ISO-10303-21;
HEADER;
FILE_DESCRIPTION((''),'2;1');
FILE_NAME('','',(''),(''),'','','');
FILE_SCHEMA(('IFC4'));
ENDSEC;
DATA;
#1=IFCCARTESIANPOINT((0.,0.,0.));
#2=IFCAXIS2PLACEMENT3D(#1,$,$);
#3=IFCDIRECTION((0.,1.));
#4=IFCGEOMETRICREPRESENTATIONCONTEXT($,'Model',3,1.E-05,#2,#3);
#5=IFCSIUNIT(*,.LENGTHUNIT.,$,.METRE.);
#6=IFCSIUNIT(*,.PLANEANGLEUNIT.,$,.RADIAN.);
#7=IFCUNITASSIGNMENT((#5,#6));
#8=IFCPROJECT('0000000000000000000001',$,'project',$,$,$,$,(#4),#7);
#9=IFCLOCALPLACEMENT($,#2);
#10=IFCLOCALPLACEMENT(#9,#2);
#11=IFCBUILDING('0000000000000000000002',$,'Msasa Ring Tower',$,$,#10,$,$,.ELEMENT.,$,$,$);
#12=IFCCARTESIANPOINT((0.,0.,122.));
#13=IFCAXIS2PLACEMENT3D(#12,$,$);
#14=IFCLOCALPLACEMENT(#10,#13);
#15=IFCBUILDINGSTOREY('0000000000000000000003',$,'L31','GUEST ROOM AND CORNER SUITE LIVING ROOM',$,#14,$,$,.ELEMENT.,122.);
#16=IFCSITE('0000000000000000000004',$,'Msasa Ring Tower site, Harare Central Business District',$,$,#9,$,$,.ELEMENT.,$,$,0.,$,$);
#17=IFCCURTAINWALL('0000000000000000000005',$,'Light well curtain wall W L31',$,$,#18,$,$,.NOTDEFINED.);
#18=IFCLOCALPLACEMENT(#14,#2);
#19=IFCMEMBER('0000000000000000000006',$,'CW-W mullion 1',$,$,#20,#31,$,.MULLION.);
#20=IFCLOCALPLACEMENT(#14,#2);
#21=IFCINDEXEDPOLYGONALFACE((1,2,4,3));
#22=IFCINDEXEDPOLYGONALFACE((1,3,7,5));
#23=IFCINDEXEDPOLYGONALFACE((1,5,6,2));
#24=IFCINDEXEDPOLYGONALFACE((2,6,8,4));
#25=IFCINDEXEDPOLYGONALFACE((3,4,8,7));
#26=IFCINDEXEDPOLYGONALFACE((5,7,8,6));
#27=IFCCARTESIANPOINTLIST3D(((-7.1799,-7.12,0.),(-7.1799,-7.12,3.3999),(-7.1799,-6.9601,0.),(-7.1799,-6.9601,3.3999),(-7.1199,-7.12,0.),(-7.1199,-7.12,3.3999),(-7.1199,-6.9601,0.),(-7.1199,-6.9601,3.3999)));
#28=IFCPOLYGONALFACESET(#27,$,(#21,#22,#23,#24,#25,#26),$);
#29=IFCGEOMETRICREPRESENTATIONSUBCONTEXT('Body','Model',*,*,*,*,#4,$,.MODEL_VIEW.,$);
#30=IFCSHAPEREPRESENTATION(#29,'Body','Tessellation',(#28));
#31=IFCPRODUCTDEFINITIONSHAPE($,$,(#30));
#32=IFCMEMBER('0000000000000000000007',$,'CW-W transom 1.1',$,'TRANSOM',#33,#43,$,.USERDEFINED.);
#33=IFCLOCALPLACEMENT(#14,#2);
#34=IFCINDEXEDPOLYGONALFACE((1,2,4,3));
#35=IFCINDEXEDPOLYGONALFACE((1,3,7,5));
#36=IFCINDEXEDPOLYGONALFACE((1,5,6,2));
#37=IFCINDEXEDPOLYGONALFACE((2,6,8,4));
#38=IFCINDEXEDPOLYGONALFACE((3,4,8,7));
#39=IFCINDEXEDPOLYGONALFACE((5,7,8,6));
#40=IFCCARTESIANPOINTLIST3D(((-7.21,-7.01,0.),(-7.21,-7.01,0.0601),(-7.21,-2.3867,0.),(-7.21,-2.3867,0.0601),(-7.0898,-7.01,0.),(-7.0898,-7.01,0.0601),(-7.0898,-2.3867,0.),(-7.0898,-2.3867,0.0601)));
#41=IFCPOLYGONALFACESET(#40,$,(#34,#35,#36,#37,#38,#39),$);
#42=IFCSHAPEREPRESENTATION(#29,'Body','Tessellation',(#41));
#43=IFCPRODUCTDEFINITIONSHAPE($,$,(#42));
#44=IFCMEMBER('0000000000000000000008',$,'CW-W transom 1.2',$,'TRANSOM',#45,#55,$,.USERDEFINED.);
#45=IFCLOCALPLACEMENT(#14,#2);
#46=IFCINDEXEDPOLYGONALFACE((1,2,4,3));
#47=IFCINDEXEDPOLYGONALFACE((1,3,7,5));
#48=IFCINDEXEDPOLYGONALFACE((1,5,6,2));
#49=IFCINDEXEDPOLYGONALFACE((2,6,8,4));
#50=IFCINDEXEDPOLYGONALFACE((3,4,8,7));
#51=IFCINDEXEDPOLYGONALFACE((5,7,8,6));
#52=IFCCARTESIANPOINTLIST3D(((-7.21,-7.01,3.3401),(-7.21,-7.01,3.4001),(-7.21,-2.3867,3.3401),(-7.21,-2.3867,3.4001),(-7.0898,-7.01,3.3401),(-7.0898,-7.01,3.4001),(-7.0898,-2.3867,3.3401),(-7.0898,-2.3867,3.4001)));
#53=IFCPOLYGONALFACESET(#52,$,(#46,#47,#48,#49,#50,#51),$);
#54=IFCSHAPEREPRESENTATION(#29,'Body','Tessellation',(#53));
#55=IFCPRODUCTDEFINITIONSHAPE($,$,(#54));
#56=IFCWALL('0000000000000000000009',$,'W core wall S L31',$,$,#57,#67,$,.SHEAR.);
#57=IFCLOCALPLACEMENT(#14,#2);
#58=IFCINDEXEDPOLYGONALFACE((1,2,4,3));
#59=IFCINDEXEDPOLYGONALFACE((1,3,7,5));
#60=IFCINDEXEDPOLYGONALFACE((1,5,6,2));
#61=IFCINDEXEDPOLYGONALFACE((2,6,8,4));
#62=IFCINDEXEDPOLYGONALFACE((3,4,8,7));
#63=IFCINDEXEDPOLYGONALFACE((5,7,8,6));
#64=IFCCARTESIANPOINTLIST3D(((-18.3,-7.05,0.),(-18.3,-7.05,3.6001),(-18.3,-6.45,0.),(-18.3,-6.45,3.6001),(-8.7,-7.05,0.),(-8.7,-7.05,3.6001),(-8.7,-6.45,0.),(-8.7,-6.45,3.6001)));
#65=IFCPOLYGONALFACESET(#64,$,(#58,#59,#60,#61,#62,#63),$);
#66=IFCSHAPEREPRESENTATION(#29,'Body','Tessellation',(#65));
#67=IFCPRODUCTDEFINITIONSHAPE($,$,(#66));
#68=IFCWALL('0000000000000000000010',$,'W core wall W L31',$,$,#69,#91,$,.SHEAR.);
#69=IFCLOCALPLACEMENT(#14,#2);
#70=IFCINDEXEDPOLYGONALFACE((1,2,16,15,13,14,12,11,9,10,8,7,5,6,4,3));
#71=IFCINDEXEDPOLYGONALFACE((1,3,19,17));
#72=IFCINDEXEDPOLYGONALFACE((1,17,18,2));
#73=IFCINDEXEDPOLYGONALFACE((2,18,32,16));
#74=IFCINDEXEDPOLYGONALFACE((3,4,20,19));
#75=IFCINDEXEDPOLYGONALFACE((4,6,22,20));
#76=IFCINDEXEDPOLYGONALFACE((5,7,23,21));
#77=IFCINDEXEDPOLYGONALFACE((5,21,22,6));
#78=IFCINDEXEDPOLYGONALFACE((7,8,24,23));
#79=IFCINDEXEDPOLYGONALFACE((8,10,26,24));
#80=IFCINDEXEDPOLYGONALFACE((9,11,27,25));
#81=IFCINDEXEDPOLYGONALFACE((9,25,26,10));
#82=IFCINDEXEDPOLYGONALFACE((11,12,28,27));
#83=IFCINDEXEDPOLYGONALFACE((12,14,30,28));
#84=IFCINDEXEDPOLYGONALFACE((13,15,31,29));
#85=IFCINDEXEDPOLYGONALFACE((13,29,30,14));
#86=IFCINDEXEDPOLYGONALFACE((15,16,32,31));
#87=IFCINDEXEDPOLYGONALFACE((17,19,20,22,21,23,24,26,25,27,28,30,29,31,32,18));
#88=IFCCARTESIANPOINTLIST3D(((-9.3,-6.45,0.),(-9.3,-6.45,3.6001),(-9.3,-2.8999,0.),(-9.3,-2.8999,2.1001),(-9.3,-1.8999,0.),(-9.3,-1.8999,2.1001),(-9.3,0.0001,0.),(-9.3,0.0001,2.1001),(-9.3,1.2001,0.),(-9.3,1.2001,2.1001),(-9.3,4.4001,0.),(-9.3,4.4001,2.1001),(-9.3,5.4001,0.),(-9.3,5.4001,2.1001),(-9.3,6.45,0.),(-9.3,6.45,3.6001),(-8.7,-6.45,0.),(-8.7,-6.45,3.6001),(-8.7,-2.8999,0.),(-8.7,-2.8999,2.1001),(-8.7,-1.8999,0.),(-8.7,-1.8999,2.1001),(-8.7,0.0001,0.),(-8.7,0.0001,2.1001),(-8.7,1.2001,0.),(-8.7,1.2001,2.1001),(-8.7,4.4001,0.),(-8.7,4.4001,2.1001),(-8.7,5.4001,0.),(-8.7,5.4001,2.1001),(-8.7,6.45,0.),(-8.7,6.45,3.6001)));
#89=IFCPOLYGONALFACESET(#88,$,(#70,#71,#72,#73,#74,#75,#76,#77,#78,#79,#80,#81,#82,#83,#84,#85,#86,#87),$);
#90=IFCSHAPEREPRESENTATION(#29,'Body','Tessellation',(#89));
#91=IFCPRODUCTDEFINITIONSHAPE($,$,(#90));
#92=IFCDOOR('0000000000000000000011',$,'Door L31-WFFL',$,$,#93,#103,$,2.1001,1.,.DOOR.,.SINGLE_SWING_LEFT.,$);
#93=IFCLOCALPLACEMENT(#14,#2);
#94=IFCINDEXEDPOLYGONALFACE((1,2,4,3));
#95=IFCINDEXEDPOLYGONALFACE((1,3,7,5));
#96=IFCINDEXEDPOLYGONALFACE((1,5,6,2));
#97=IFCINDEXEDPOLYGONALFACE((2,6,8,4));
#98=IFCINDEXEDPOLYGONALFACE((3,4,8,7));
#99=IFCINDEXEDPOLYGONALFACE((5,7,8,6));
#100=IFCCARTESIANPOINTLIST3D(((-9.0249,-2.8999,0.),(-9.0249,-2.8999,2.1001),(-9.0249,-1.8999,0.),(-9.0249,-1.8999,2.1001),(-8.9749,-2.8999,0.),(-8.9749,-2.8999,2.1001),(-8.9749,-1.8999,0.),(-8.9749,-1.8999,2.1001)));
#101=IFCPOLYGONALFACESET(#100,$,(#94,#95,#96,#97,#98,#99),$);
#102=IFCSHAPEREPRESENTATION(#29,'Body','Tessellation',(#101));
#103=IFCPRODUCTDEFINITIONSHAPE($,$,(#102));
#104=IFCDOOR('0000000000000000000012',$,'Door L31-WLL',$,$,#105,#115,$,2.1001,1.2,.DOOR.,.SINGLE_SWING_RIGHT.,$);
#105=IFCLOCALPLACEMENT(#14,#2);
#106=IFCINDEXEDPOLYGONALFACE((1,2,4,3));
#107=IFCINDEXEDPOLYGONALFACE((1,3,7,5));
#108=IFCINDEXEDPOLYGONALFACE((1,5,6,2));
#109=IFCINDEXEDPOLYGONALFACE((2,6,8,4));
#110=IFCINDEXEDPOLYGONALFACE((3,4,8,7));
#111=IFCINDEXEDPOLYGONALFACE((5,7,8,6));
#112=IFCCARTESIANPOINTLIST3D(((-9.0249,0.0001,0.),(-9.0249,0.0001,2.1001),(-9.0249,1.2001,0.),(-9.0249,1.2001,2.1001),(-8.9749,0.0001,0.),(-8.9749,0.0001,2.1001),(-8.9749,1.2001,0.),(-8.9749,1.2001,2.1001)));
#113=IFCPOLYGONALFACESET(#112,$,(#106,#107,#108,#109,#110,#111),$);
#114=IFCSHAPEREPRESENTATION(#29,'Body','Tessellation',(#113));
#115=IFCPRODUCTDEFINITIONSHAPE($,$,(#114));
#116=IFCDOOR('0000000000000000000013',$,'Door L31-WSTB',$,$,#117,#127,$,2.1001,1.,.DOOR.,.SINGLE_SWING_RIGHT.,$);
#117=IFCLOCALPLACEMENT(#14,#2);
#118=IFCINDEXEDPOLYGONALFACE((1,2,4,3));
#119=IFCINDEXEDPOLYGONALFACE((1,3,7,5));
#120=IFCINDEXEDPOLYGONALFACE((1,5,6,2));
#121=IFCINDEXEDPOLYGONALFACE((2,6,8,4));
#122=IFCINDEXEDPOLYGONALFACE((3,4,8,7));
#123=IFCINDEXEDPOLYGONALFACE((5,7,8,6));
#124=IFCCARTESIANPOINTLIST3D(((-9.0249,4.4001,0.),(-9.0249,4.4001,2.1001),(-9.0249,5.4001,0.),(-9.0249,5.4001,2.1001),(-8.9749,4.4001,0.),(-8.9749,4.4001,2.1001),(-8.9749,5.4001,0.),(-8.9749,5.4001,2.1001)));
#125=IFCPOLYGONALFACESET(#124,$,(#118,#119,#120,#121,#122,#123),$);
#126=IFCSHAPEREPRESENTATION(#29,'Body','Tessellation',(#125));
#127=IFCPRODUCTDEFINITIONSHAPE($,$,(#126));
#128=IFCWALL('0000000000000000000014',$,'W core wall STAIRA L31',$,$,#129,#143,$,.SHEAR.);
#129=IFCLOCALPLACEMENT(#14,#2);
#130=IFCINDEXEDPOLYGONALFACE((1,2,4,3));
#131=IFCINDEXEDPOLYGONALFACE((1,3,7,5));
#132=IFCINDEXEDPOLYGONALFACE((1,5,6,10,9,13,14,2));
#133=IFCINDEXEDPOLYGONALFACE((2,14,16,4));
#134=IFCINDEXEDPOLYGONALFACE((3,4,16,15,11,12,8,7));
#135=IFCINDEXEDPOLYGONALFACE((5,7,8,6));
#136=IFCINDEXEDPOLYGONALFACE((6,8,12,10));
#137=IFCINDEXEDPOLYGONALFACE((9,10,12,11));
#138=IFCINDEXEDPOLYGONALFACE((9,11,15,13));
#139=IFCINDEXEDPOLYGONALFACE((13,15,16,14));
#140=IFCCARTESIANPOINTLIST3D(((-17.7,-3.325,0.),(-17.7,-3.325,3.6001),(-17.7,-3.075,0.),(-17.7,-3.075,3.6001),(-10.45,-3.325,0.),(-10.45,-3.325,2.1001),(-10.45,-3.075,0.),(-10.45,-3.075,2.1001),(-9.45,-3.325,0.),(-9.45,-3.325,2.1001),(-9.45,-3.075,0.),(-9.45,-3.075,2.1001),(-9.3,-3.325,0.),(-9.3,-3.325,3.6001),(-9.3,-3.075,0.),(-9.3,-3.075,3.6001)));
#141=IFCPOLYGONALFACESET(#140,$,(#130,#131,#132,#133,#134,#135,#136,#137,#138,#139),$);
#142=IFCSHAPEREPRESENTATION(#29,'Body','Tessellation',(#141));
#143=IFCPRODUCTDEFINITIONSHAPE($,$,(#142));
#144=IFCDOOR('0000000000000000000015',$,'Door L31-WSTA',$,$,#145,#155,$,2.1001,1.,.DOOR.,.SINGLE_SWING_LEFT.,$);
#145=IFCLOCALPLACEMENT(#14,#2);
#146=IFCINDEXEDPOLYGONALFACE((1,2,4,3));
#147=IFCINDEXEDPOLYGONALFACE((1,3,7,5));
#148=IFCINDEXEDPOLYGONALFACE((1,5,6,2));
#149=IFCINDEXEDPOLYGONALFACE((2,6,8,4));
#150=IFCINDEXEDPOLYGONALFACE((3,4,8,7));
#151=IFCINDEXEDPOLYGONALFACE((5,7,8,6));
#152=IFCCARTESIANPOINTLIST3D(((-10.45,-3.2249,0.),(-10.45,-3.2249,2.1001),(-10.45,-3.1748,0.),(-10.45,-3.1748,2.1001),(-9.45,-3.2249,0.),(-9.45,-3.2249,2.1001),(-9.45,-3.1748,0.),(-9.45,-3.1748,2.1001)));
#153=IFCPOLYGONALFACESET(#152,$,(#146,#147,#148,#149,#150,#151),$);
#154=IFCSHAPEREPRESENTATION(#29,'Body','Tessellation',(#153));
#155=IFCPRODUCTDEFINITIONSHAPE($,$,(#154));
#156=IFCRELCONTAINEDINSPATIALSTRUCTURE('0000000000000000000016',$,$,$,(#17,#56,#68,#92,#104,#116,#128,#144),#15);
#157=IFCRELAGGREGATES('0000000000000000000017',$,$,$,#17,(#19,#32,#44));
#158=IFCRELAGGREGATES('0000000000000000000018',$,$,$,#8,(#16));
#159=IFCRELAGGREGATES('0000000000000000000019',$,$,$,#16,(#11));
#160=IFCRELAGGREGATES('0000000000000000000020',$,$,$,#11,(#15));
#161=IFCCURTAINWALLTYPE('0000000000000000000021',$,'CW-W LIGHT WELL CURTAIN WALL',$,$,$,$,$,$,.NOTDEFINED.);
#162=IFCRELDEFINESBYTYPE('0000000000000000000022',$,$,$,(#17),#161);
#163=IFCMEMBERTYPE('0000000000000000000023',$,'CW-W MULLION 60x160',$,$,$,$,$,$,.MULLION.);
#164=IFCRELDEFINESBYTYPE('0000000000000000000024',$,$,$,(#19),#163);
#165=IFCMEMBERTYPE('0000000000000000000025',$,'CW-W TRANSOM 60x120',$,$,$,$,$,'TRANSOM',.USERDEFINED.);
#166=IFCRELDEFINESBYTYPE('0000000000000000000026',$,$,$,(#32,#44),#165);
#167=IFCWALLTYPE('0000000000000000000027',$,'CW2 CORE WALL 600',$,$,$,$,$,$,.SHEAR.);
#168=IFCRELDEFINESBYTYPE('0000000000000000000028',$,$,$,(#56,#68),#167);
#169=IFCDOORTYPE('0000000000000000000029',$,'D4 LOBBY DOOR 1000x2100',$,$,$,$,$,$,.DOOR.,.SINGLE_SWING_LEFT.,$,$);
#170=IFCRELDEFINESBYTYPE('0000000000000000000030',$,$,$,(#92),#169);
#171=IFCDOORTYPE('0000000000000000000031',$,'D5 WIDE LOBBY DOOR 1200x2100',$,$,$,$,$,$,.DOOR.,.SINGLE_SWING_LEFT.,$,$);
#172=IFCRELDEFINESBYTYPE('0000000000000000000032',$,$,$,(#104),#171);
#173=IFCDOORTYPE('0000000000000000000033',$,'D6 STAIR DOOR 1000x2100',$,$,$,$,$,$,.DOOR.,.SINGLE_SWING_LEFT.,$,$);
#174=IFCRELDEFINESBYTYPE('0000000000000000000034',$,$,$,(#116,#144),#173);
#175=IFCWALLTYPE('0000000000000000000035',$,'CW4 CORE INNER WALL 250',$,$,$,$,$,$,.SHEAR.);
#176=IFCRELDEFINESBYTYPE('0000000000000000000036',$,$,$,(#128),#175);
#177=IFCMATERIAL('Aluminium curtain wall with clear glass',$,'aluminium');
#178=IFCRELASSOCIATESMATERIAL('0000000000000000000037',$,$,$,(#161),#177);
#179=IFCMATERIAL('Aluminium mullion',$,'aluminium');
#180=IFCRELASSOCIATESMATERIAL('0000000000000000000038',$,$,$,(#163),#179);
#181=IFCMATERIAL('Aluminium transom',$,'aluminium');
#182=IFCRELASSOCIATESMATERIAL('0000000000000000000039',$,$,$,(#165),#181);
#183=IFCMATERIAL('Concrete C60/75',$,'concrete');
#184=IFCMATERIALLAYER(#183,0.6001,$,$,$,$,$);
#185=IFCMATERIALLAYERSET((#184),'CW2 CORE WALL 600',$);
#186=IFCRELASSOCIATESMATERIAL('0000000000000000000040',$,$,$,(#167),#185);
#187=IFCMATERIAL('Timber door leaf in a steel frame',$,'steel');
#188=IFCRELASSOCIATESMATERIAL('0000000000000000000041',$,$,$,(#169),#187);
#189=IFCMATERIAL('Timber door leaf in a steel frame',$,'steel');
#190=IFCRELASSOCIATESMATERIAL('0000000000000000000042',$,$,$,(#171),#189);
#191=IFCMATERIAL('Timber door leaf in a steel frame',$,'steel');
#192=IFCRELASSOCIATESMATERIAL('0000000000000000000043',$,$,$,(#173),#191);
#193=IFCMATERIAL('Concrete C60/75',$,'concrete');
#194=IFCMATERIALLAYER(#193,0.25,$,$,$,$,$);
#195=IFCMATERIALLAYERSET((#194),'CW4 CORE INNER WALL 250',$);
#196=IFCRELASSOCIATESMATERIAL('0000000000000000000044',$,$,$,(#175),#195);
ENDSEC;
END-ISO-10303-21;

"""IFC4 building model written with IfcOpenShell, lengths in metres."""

from ifc_helpers import new_model, si_unit, direction, frame, frame_2d, origin, origin_2d, place, context, subcontext, project, spatial, rectangle, extrude, material, layer, layer_set, material_profile, profile_set, type_object, element, fill, aggregate, save


model = new_model("IFC4")

# Units and contexts
model_context = context("Model", 3, precision=1e-05, world=origin(), true_north=direction((0.0, 1.0)))
body_context = subcontext(model_context, "Body", "Model", "MODEL_VIEW")
ifc_project = project(units=[si_unit("LENGTHUNIT", "METRE"), si_unit("PLANEANGLEUNIT", "RADIAN")], contexts=[model_context])

# Site, building, storey
site_placement = place(None, origin())
site = spatial("IfcSite", under=ifc_project, at=site_placement, Name="Msasa Ring Tower site, Harare Central Business District", CompositionType="ELEMENT", RefElevation=0.0)
building_placement = place(site_placement, origin())
building = spatial("IfcBuilding", under=site, at=building_placement, Name="Msasa Ring Tower", CompositionType="ELEMENT")
storey_placement = place(building_placement, frame((0.0, 0.0, 122.0)))
storey = spatial("IfcBuildingStorey", under=building, at=storey_placement, Name="L31", Description="GUEST ROOM AND CORNER SUITE LIVING ROOM", CompositionType="ELEMENT", Elevation=122.0)

# Curtain wall, members
ifc_material_1 = material(Name="Aluminium curtain wall with clear glass", Category="aluminium")
curtain_wall_type = type_object("IfcCurtainWallType", Name="CW-W LIGHT WELL CURTAIN WALL", PredefinedType="NOTDEFINED", material=ifc_material_1)
curtain_wall_placement = place(storey_placement, origin())
curtain_wall = element("IfcCurtainWall", 1, at=curtain_wall_placement, inside=storey, type_object=curtain_wall_type, Name="Light well curtain wall W L31", PredefinedType="NOTDEFINED")
ifc_material_2 = material(Name="Aluminium mullion", Category="aluminium")
ifc_material_profile_1 = material_profile(ifc_material_2, rectangle(XDim=0.0601, YDim=0.1599, at=origin_2d()), Name="AL 60x160")
ifc_profile_set_1 = profile_set([ifc_material_profile_1], Name="Aluminium mullion")
member_type_1 = type_object("IfcMemberType", Name="CW-W MULLION 60x160", PredefinedType="MULLION", material=ifc_profile_set_1)
member_1_placement = place(storey_placement, frame((-7.1499, -7.04, 0.0), z_axis=(0.0, 0.0, 1.0), x_axis=(-1.0, 0.0, 0.0)))
member_1 = element("IfcMember", 2, at=member_1_placement, type_object=member_type_1, Name="CW-W mullion 1", PredefinedType="MULLION", context=body_context, shape_type="SweptSolid", body=[
    extrude(rectangle(XDim=0.0601, YDim=0.1599, at=origin_2d()), origin(), (0.0, 0.0, 1.0), 3.3999),
])
ifc_material_3 = material(Name="Aluminium transom", Category="aluminium")
ifc_material_profile_2 = material_profile(ifc_material_3, rectangle(XDim=0.1201, YDim=0.0601, at=origin_2d()), Name="AL 60x120")
ifc_profile_set_2 = profile_set([ifc_material_profile_2], Name="Aluminium transom")
member_type_2 = type_object("IfcMemberType", Name="CW-W TRANSOM 60x120", ElementType="TRANSOM", PredefinedType="USERDEFINED", material=ifc_profile_set_2)
member_2_placement = place(storey_placement, frame((-7.1499, -7.01, 0.03), z_axis=(0.0, 1.0, 0.0), x_axis=(-1.0, 0.0, 0.0)))
member_2 = element("IfcMember", 3, at=member_2_placement, type_object=member_type_2, Name="CW-W transom 1.1", ObjectType="TRANSOM", PredefinedType="USERDEFINED", context=body_context, shape_type="SweptSolid", body=[
    extrude(rectangle(XDim=0.1201, YDim=0.0601, at=origin_2d()), origin(), (0.0, 0.0, 1.0), 4.6233),
])
member_3_placement = place(storey_placement, frame((-7.1499, -7.01, 3.3701), z_axis=(0.0, 1.0, 0.0), x_axis=(-1.0, 0.0, 0.0)))
member_3 = element("IfcMember", 4, at=member_3_placement, type_object=member_type_2, Name="CW-W transom 1.2", ObjectType="TRANSOM", PredefinedType="USERDEFINED", context=body_context, shape_type="SweptSolid", body=[
    extrude(rectangle(XDim=0.1201, YDim=0.0601, at=origin_2d()), origin(), (0.0, 0.0, 1.0), 4.6233),
])
aggregate(curtain_wall, [member_1, member_2, member_3])

# Wall
ifc_material_4 = material(Name="Concrete C60/75", Category="concrete")
ifc_layer_1 = layer(ifc_material_4, 0.6001)
ifc_layer_set_1 = layer_set([ifc_layer_1], Name="CW2 CORE WALL 600")
wall_type_1 = type_object("IfcWallType", Name="CW2 CORE WALL 600", PredefinedType="SHEAR", material=ifc_layer_set_1)
wall_1_placement = place(storey_placement, frame((-8.7, -6.75, 0.0), z_axis=(0.0, 0.0, 1.0), x_axis=(-1.0, 0.0, 0.0)))
element("IfcWall", 5, at=wall_1_placement, inside=storey, type_object=wall_type_1, Name="W core wall S L31", PredefinedType="SHEAR", context=body_context, shape_type="SweptSolid", body=[
    extrude(rectangle(XDim=9.6001, YDim=0.6001, at=frame_2d((4.8, 0.0))), origin(), (0.0, 0.0, 1.0), 3.6001),
])

# Wall, openings, doors
wall_2_placement = place(storey_placement, frame((-9.0, -6.45, 0.0), z_axis=(0.0, 0.0, 1.0), x_axis=(0.0, 1.0, 0.0)))
wall_2 = element("IfcWall", 6, at=wall_2_placement, inside=storey, type_object=wall_type_1, Name="W core wall W L31", PredefinedType="SHEAR", context=body_context, shape_type="SweptSolid", body=[
    extrude(rectangle(XDim=12.8999, YDim=0.6001, at=frame_2d((6.45, 0.0))), origin(), (0.0, 0.0, 1.0), 3.6001),
])
opening_1_placement = place(wall_2_placement, frame((3.55, 0.0, 0.0)))
opening_1 = element("IfcOpeningElement", 7, at=opening_1_placement, cuts=wall_2, PredefinedType="OPENING", context=body_context, shape_type="SweptSolid", body=[
    extrude(rectangle(XDim=1.0, YDim=2.1001, at=frame_2d((0.5, 1.05))), frame((0.0, 0.3101, 0.0), z_axis=(0.0, -1.0, 0.0), x_axis=(1.0, 0.0, 0.0)), (0.0, 0.0, 1.0), 0.6201),
])
opening_2_placement = place(wall_2_placement, frame((6.45, 0.0, 0.0)))
opening_2 = element("IfcOpeningElement", 8, at=opening_2_placement, cuts=wall_2, PredefinedType="OPENING", context=body_context, shape_type="SweptSolid", body=[
    extrude(rectangle(XDim=1.2, YDim=2.1001, at=frame_2d((0.6001, 1.05))), frame((0.0, 0.3101, 0.0), z_axis=(0.0, -1.0, 0.0), x_axis=(1.0, 0.0, 0.0)), (0.0, 0.0, 1.0), 0.6201),
])
opening_3_placement = place(wall_2_placement, frame((10.8501, 0.0, 0.0)))
opening_3 = element("IfcOpeningElement", 9, at=opening_3_placement, cuts=wall_2, PredefinedType="OPENING", context=body_context, shape_type="SweptSolid", body=[
    extrude(rectangle(XDim=1.0, YDim=2.1001, at=frame_2d((0.5, 1.05))), frame((0.0, 0.3101, 0.0), z_axis=(0.0, -1.0, 0.0), x_axis=(1.0, 0.0, 0.0)), (0.0, 0.0, 1.0), 0.6201),
])
ifc_material_5 = material(Name="Timber door leaf in a steel frame", Category="steel")
door_type_1 = type_object("IfcDoorType", Name="D4 LOBBY DOOR 1000x2100", OperationType="SINGLE_SWING_LEFT", PredefinedType="DOOR", material=ifc_material_5)
door_1_placement = place(opening_1_placement, origin())
door_1 = element("IfcDoor", 10, at=door_1_placement, inside=storey, type_object=door_type_1, Name="Door L31-WFFL", OperationType="SINGLE_SWING_LEFT", OverallHeight=2.1001, OverallWidth=1.0, PredefinedType="DOOR", context=body_context, shape_type="SweptSolid", body=[
    extrude(rectangle(XDim=1.0, YDim=2.1001, at=frame_2d((0.5, 1.05))), frame((0.0, 0.0249, 0.0), z_axis=(0.0, -1.0, 0.0), x_axis=(1.0, 0.0, 0.0)), (0.0, 0.0, 1.0), 0.05),
])
fill(opening_1, door_1)
ifc_material_6 = material(Name="Timber door leaf in a steel frame", Category="steel")
door_type_2 = type_object("IfcDoorType", Name="D5 WIDE LOBBY DOOR 1200x2100", OperationType="SINGLE_SWING_LEFT", PredefinedType="DOOR", material=ifc_material_6)
door_2_placement = place(opening_2_placement, origin())
door_2 = element("IfcDoor", 11, at=door_2_placement, inside=storey, type_object=door_type_2, Name="Door L31-WLL", OperationType="SINGLE_SWING_RIGHT", OverallHeight=2.1001, OverallWidth=1.2, PredefinedType="DOOR", context=body_context, shape_type="SweptSolid", body=[
    extrude(rectangle(XDim=1.2, YDim=2.1001, at=frame_2d((0.6001, 1.05))), frame((0.0, 0.0249, 0.0), z_axis=(0.0, -1.0, 0.0), x_axis=(1.0, 0.0, 0.0)), (0.0, 0.0, 1.0), 0.05),
])
fill(opening_2, door_2)
ifc_material_7 = material(Name="Timber door leaf in a steel frame", Category="steel")
door_type_3 = type_object("IfcDoorType", Name="D6 STAIR DOOR 1000x2100", OperationType="SINGLE_SWING_LEFT", PredefinedType="DOOR", material=ifc_material_7)
door_3_placement = place(opening_3_placement, origin())
door_3 = element("IfcDoor", 12, at=door_3_placement, inside=storey, type_object=door_type_3, Name="Door L31-WSTB", OperationType="SINGLE_SWING_RIGHT", OverallHeight=2.1001, OverallWidth=1.0, PredefinedType="DOOR", context=body_context, shape_type="SweptSolid", body=[
    extrude(rectangle(XDim=1.0, YDim=2.1001, at=frame_2d((0.5, 1.05))), frame((0.0, 0.0249, 0.0), z_axis=(0.0, -1.0, 0.0), x_axis=(1.0, 0.0, 0.0)), (0.0, 0.0, 1.0), 0.05),
])
fill(opening_3, door_3)

# Wall, opening, door
ifc_material_8 = material(Name="Concrete C60/75", Category="concrete")
ifc_layer_2 = layer(ifc_material_8, 0.25)
ifc_layer_set_2 = layer_set([ifc_layer_2], Name="CW4 CORE INNER WALL 250")
wall_type_2 = type_object("IfcWallType", Name="CW4 CORE INNER WALL 250", PredefinedType="SHEAR", material=ifc_layer_set_2)
wall_3_placement = place(storey_placement, frame((-9.3, -3.2, 0.0), z_axis=(0.0, 0.0, 1.0), x_axis=(-1.0, 0.0, 0.0)))
wall_3 = element("IfcWall", 13, at=wall_3_placement, inside=storey, type_object=wall_type_2, Name="W core wall STAIRA L31", PredefinedType="SHEAR", context=body_context, shape_type="SweptSolid", body=[
    extrude(rectangle(XDim=8.3999, YDim=0.25, at=frame_2d((4.2, 0.0))), origin(), (0.0, 0.0, 1.0), 3.6001),
])
opening_4_placement = place(wall_3_placement, frame((0.1499, 0.0, 0.0)))
opening_4 = element("IfcOpeningElement", 14, at=opening_4_placement, cuts=wall_3, PredefinedType="OPENING", context=body_context, shape_type="SweptSolid", body=[
    extrude(rectangle(XDim=1.0, YDim=2.1001, at=frame_2d((0.5, 1.05))), frame((0.0, 0.135, 0.0), z_axis=(0.0, -1.0, 0.0), x_axis=(1.0, 0.0, 0.0)), (0.0, 0.0, 1.0), 0.27),
])
door_4_placement = place(opening_4_placement, origin())
door_4 = element("IfcDoor", 15, at=door_4_placement, inside=storey, type_object=door_type_3, Name="Door L31-WSTA", OperationType="SINGLE_SWING_LEFT", OverallHeight=2.1001, OverallWidth=1.0, PredefinedType="DOOR", context=body_context, shape_type="SweptSolid", body=[
    extrude(rectangle(XDim=1.0, YDim=2.1001, at=frame_2d((0.5, 1.05))), frame((0.0, 0.0249, 0.0), z_axis=(0.0, -1.0, 0.0), x_axis=(1.0, 0.0, 0.0)), (0.0, 0.0, 1.0), 0.05),
])
fill(opening_4, door_4)

save(model, "model.ifc")
